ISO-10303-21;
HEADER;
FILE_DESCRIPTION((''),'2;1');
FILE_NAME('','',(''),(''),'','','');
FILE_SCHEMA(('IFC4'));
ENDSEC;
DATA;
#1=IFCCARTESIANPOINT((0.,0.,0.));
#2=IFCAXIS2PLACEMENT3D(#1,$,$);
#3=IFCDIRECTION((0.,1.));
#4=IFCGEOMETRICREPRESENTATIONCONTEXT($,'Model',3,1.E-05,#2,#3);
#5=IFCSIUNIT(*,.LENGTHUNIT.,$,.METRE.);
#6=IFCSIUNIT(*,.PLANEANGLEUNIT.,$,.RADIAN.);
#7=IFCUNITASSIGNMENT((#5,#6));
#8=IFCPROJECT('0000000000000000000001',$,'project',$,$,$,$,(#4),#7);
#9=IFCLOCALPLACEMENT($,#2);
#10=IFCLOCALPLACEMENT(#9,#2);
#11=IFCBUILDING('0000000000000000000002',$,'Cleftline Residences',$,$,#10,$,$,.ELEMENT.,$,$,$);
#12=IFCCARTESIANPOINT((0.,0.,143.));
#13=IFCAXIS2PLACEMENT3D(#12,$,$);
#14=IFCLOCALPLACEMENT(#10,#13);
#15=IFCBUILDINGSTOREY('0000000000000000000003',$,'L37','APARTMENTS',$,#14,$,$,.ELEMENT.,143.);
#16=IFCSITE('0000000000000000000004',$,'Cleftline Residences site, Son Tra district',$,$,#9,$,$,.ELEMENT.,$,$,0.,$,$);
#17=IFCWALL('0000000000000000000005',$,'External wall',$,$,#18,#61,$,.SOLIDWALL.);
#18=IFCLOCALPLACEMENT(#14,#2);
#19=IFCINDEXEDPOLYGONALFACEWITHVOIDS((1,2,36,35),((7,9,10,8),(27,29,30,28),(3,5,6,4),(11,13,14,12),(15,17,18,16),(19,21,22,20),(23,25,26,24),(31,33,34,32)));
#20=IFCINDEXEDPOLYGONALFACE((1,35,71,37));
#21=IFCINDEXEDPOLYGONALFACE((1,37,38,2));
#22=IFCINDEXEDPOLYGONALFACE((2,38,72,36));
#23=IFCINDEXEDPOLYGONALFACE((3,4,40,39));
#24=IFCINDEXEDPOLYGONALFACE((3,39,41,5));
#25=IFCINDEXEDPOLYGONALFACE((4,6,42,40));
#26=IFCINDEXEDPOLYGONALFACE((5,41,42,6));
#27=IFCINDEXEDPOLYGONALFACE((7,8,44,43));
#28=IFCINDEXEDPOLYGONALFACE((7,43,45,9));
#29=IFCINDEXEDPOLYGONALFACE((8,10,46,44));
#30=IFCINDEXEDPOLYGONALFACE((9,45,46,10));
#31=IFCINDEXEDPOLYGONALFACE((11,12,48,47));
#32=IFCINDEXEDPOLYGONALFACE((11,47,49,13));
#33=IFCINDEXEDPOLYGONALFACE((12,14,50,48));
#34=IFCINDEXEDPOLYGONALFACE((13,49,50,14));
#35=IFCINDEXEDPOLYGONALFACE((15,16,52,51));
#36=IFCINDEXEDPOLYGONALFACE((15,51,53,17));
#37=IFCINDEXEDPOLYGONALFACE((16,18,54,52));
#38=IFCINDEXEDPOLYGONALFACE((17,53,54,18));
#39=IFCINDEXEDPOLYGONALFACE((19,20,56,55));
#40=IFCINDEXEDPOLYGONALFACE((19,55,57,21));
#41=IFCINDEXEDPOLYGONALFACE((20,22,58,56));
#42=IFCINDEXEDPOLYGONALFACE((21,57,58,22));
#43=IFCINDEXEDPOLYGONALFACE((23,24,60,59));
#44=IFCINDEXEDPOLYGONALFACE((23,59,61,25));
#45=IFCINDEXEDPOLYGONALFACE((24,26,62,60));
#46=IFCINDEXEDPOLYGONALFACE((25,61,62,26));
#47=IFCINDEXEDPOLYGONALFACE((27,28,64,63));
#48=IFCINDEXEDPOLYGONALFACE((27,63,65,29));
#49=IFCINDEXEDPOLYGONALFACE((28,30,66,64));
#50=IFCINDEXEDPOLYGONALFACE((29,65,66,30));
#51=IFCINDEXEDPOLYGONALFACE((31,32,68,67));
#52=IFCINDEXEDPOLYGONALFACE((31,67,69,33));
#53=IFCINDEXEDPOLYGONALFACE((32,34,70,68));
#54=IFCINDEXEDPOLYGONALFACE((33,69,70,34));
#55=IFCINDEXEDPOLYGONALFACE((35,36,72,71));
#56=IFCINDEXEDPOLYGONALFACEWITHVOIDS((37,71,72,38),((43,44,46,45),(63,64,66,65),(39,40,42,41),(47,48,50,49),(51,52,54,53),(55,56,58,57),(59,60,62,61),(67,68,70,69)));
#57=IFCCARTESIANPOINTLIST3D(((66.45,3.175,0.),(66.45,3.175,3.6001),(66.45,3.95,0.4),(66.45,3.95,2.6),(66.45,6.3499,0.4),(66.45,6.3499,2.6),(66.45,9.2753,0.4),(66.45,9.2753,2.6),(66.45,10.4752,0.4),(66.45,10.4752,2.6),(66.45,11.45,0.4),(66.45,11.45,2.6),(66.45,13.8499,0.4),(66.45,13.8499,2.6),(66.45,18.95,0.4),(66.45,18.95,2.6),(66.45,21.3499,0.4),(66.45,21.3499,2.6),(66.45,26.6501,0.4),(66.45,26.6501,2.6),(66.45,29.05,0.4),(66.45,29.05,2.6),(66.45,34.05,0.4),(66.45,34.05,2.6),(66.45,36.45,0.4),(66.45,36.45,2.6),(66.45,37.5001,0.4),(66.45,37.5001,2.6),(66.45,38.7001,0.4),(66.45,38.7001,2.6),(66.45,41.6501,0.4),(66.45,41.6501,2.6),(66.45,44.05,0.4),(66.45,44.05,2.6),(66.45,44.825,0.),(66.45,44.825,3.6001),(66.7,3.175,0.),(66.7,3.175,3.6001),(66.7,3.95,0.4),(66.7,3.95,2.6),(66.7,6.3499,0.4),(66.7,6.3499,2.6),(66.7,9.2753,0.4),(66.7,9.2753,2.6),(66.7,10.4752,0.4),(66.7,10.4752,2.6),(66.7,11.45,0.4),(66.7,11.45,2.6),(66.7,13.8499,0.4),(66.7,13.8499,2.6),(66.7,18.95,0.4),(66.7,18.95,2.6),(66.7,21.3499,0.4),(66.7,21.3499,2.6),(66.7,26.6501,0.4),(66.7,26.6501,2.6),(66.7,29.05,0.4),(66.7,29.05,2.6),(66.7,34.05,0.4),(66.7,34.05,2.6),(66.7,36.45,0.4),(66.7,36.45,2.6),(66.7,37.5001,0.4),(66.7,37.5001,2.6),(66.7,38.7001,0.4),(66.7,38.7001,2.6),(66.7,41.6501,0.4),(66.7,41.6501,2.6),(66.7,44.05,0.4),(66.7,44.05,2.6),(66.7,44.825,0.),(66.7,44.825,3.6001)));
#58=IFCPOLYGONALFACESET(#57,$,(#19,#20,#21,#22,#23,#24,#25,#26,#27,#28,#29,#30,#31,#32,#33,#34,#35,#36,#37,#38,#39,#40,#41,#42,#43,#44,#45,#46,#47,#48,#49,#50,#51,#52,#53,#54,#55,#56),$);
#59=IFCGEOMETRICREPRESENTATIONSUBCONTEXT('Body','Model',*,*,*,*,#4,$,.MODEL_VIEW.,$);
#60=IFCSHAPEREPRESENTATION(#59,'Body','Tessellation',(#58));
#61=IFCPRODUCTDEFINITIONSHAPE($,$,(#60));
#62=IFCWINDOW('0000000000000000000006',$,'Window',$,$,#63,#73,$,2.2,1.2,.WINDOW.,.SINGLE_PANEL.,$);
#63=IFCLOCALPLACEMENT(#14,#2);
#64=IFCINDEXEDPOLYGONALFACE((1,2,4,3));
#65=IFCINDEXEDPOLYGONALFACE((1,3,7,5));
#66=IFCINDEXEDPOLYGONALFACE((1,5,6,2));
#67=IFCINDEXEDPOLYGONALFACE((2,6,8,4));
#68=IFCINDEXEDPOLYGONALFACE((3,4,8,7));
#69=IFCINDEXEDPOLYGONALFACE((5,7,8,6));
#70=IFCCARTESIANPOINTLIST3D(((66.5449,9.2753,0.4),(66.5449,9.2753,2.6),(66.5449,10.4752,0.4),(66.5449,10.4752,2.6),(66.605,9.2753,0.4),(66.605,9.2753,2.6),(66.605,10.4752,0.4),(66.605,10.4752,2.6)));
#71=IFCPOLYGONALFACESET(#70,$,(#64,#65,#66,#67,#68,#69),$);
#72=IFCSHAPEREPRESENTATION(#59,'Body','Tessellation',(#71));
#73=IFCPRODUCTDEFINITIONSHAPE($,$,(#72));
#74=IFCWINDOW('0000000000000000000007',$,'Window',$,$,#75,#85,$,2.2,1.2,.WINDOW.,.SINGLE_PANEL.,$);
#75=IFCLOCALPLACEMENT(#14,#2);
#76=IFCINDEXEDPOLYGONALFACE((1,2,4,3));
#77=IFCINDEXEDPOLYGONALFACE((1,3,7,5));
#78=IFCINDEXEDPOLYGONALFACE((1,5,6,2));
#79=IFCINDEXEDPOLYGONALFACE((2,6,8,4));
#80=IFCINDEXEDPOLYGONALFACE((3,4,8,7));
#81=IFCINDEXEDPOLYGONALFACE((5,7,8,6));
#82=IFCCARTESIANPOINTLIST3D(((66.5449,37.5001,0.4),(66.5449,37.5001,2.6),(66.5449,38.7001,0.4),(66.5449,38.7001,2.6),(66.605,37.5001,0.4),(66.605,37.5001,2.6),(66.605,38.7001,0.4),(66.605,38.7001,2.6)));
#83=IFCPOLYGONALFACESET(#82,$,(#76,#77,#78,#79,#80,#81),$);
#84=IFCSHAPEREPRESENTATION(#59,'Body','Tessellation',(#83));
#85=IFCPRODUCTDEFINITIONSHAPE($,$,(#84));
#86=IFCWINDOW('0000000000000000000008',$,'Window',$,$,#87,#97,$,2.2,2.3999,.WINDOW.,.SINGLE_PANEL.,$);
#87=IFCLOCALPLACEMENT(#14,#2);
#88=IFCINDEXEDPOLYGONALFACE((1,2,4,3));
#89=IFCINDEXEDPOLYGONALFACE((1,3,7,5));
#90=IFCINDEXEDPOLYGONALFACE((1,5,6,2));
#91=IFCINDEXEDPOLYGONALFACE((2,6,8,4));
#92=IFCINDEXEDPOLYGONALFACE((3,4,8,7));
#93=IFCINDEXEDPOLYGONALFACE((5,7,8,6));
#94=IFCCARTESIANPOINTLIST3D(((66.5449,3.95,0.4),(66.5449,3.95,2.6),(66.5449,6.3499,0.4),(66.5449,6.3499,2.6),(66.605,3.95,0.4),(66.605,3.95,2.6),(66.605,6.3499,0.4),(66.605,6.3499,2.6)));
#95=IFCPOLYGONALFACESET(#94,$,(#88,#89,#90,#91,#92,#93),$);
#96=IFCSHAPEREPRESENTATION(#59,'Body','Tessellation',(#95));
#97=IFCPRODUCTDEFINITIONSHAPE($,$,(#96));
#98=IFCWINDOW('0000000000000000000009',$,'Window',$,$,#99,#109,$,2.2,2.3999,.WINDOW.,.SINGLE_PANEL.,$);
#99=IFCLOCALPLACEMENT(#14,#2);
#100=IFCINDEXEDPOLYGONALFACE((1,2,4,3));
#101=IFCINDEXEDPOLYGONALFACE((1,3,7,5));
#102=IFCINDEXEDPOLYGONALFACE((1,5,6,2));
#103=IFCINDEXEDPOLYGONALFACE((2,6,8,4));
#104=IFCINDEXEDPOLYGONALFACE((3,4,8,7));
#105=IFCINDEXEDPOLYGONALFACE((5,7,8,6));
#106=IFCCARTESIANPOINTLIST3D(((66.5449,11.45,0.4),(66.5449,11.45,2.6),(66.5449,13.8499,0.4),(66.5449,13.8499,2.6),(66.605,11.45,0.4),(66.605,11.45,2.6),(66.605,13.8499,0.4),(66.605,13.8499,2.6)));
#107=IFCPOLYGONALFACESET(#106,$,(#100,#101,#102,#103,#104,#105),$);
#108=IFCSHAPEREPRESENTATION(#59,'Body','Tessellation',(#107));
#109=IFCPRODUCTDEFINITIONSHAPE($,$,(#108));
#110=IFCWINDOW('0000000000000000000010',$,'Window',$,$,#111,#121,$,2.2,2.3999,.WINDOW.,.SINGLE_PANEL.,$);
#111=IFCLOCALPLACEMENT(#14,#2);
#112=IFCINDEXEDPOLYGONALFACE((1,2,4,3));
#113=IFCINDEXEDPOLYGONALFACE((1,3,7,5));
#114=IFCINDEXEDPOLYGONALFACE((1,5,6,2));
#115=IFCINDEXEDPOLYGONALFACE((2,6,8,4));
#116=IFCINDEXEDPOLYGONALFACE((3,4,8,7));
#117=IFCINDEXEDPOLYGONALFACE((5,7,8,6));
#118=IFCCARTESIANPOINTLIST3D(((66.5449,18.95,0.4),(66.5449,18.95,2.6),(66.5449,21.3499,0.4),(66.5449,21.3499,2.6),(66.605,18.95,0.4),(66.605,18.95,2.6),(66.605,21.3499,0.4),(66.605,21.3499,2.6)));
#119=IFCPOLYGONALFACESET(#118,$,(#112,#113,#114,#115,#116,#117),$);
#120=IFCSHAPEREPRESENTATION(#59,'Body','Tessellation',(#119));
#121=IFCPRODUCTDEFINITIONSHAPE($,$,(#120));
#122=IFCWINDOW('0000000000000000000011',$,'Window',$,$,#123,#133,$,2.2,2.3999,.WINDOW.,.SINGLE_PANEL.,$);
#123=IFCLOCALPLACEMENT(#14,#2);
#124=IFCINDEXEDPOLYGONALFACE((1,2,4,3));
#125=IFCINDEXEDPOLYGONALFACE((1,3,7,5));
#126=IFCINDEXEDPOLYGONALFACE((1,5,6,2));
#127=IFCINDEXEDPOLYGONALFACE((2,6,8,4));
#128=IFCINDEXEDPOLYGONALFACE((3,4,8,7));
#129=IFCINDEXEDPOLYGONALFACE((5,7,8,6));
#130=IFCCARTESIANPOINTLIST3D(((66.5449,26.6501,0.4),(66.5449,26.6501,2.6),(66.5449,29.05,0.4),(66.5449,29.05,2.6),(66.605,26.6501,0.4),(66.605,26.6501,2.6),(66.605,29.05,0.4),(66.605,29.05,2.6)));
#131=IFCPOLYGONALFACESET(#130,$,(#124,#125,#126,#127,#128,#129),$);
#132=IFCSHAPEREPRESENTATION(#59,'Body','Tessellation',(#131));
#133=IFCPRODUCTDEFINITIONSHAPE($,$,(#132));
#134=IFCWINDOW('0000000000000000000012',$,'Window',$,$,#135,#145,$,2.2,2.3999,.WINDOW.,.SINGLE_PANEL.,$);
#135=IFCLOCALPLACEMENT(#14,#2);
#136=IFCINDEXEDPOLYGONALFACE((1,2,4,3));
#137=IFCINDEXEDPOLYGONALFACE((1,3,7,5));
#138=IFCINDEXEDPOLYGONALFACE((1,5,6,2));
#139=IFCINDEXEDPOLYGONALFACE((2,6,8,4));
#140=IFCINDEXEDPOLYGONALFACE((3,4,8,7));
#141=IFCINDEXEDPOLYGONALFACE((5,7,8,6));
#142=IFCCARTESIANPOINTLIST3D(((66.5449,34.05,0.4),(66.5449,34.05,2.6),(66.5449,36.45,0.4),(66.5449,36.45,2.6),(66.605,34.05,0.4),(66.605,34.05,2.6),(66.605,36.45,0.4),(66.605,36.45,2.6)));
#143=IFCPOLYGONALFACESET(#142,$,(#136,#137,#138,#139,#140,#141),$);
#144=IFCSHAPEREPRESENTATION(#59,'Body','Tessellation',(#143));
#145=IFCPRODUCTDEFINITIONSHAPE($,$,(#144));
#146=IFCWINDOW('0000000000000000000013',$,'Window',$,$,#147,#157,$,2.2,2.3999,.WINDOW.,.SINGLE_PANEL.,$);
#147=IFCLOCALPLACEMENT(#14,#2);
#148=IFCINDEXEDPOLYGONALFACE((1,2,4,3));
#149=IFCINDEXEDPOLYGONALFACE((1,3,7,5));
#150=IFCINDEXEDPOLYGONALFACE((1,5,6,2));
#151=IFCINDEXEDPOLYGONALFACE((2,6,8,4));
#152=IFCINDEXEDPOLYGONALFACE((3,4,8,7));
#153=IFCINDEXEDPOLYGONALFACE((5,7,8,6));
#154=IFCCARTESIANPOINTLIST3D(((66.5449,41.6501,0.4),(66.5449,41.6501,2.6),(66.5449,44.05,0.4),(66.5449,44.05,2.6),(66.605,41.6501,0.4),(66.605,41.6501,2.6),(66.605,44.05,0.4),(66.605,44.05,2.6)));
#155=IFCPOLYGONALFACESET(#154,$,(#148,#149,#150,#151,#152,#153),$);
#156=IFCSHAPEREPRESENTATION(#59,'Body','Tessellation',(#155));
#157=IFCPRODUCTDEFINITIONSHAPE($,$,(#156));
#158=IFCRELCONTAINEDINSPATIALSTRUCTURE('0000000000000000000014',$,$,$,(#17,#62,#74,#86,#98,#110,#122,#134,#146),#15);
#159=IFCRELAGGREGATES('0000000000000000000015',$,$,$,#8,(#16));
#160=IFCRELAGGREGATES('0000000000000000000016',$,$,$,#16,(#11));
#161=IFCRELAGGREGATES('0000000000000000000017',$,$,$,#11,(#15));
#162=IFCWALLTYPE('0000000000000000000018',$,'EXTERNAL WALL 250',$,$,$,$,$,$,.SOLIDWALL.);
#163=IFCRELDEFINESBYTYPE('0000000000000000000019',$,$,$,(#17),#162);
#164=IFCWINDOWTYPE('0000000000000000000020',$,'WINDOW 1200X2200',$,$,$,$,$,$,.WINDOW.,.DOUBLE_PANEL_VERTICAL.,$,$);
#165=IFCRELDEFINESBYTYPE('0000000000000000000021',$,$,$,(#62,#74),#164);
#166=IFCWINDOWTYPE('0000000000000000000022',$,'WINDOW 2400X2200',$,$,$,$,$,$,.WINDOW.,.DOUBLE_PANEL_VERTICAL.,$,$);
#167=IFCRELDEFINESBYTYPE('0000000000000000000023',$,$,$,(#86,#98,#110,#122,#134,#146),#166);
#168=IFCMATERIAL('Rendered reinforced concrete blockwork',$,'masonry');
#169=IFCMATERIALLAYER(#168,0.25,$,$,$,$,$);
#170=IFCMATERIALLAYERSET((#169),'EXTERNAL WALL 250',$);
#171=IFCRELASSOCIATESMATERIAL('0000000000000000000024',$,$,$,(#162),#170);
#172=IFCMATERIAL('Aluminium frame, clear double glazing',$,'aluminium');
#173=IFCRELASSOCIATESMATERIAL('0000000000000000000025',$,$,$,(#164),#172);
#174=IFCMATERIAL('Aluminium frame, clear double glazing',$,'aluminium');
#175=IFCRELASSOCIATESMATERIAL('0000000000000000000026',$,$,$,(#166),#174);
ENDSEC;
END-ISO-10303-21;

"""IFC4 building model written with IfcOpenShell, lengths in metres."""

from ifc_helpers import new_model, si_unit, direction, frame, frame_2d, origin, place, context, subcontext, project, spatial, rectangle, extrude, material, layer, layer_set, type_object, element, fill, save


model = new_model("IFC4")

# Units and contexts
model_context = context("Model", 3, precision=1e-05, world=origin(), true_north=direction((0.0, 1.0)))
body_context = subcontext(model_context, "Body", "Model", "MODEL_VIEW")
ifc_project = project(units=[si_unit("LENGTHUNIT", "METRE"), si_unit("PLANEANGLEUNIT", "RADIAN")], contexts=[model_context])

# Site, building, storey
site_placement = place(None, origin())
site = spatial("IfcSite", under=ifc_project, at=site_placement, Name="Cleftline Residences site, Son Tra district", CompositionType="ELEMENT", RefElevation=0.0)
building_placement = place(site_placement, origin())
building = spatial("IfcBuilding", under=site, at=building_placement, Name="Cleftline Residences", CompositionType="ELEMENT")
storey_placement = place(building_placement, frame((0.0, 0.0, 143.0)))
storey = spatial("IfcBuildingStorey", under=building, at=storey_placement, Name="L37", Description="APARTMENTS", CompositionType="ELEMENT", Elevation=143.0)

# Wall, openings, windows
ifc_material_1 = material(Name="Rendered reinforced concrete blockwork", Category="masonry")
ifc_layer_1 = layer(ifc_material_1, 0.25)
ifc_layer_set_1 = layer_set([ifc_layer_1], Name="EXTERNAL WALL 250")
wall_type = type_object("IfcWallType", Name="EXTERNAL WALL 250", PredefinedType="SOLIDWALL", material=ifc_layer_set_1)
wall_placement = place(storey_placement, frame((66.575, 3.175, 0.0), z_axis=(0.0, 0.0, 1.0), x_axis=(0.0, 1.0, 0.0)))
wall = element("IfcWall", 1, at=wall_placement, inside=storey, type_object=wall_type, Name="External wall", PredefinedType="SOLIDWALL", context=body_context, shape_type="SweptSolid", body=[
    extrude(rectangle(XDim=41.6499, YDim=0.25, at=frame_2d((20.825, 0.0))), origin(), (0.0, 0.0, 1.0), 3.6001),
])
opening_1_placement = place(wall_placement, frame((0.7749, 0.0, 0.3999)))
opening_1 = element("IfcOpeningElement", 2, at=opening_1_placement, cuts=wall, PredefinedType="OPENING", context=body_context, shape_type="SweptSolid", body=[
    extrude(rectangle(XDim=2.3999, YDim=2.2, at=frame_2d((1.2, 1.1001))), frame((0.0, 0.135, 0.0), z_axis=(0.0, -1.0, 0.0), x_axis=(1.0, 0.0, 0.0)), (0.0, 0.0, 1.0), 0.27),
])
opening_2_placement = place(wall_placement, frame((6.1001, 0.0, 0.3999)))
opening_2 = element("IfcOpeningElement", 3, at=opening_2_placement, cuts=wall, PredefinedType="OPENING", context=body_context, shape_type="SweptSolid", body=[
    extrude(rectangle(XDim=1.2, YDim=2.2, at=frame_2d((0.6001, 1.1001))), frame((0.0, 0.135, 0.0), z_axis=(0.0, -1.0, 0.0), x_axis=(1.0, 0.0, 0.0)), (0.0, 0.0, 1.0), 0.27),
])
opening_3_placement = place(wall_placement, frame((8.2749, 0.0, 0.3999)))
opening_3 = element("IfcOpeningElement", 4, at=opening_3_placement, cuts=wall, PredefinedType="OPENING", context=body_context, shape_type="SweptSolid", body=[
    extrude(rectangle(XDim=2.3999, YDim=2.2, at=frame_2d((1.2, 1.1001))), frame((0.0, 0.135, 0.0), z_axis=(0.0, -1.0, 0.0), x_axis=(1.0, 0.0, 0.0)), (0.0, 0.0, 1.0), 0.27),
])
opening_4_placement = place(wall_placement, frame((15.7749, 0.0, 0.3999)))
opening_4 = element("IfcOpeningElement", 5, at=opening_4_placement, cuts=wall, PredefinedType="OPENING", context=body_context, shape_type="SweptSolid", body=[
    extrude(rectangle(XDim=2.3999, YDim=2.2, at=frame_2d((1.2, 1.1001))), frame((0.0, 0.135, 0.0), z_axis=(0.0, -1.0, 0.0), x_axis=(1.0, 0.0, 0.0)), (0.0, 0.0, 1.0), 0.27),
])
opening_5_placement = place(wall_placement, frame((23.4751, 0.0, 0.3999)))
opening_5 = element("IfcOpeningElement", 6, at=opening_5_placement, cuts=wall, PredefinedType="OPENING", context=body_context, shape_type="SweptSolid", body=[
    extrude(rectangle(XDim=2.3999, YDim=2.2, at=frame_2d((1.2, 1.1001))), frame((0.0, 0.135, 0.0), z_axis=(0.0, -1.0, 0.0), x_axis=(1.0, 0.0, 0.0)), (0.0, 0.0, 1.0), 0.27),
])
opening_6_placement = place(wall_placement, frame((30.875, 0.0, 0.3999)))
opening_6 = element("IfcOpeningElement", 7, at=opening_6_placement, cuts=wall, PredefinedType="OPENING", context=body_context, shape_type="SweptSolid", body=[
    extrude(rectangle(XDim=2.3999, YDim=2.2, at=frame_2d((1.2, 1.1001))), frame((0.0, 0.135, 0.0), z_axis=(0.0, -1.0, 0.0), x_axis=(1.0, 0.0, 0.0)), (0.0, 0.0, 1.0), 0.27),
])
opening_7_placement = place(wall_placement, frame((34.325, 0.0, 0.3999)))
opening_7 = element("IfcOpeningElement", 8, at=opening_7_placement, cuts=wall, PredefinedType="OPENING", context=body_context, shape_type="SweptSolid", body=[
    extrude(rectangle(XDim=1.2, YDim=2.2, at=frame_2d((0.6001, 1.1001))), frame((0.0, 0.135, 0.0), z_axis=(0.0, -1.0, 0.0), x_axis=(1.0, 0.0, 0.0)), (0.0, 0.0, 1.0), 0.27),
])
opening_8_placement = place(wall_placement, frame((38.4751, 0.0, 0.3999)))
opening_8 = element("IfcOpeningElement", 9, at=opening_8_placement, cuts=wall, PredefinedType="OPENING", context=body_context, shape_type="SweptSolid", body=[
    extrude(rectangle(XDim=2.3999, YDim=2.2, at=frame_2d((1.2, 1.1001))), frame((0.0, 0.135, 0.0), z_axis=(0.0, -1.0, 0.0), x_axis=(1.0, 0.0, 0.0)), (0.0, 0.0, 1.0), 0.27),
])
ifc_material_2 = material(Name="Aluminium frame, clear double glazing", Category="aluminium")
window_type_1 = type_object("IfcWindowType", Name="WINDOW 1200X2200", PartitioningType="DOUBLE_PANEL_VERTICAL", PredefinedType="WINDOW", material=ifc_material_2)
window_1_placement = place(opening_2_placement, origin())
window_1 = element("IfcWindow", 10, at=window_1_placement, inside=storey, type_object=window_type_1, Name="Window", OverallHeight=2.2, OverallWidth=1.2, PartitioningType="SINGLE_PANEL", PredefinedType="WINDOW", context=body_context, shape_type="SweptSolid", body=[
    extrude(rectangle(XDim=1.2, YDim=2.2, at=frame_2d((0.6001, 1.1001))), frame((0.0, 0.03, 0.0), z_axis=(0.0, -1.0, 0.0), x_axis=(1.0, 0.0, 0.0)), (0.0, 0.0, 1.0), 0.0601),
])
fill(opening_2, window_1)
window_2_placement = place(opening_7_placement, origin())
window_2 = element("IfcWindow", 11, at=window_2_placement, inside=storey, type_object=window_type_1, Name="Window", OverallHeight=2.2, OverallWidth=1.2, PartitioningType="SINGLE_PANEL", PredefinedType="WINDOW", context=body_context, shape_type="SweptSolid", body=[
    extrude(rectangle(XDim=1.2, YDim=2.2, at=frame_2d((0.6001, 1.1001))), frame((0.0, 0.03, 0.0), z_axis=(0.0, -1.0, 0.0), x_axis=(1.0, 0.0, 0.0)), (0.0, 0.0, 1.0), 0.0601),
])
fill(opening_7, window_2)
ifc_material_3 = material(Name="Aluminium frame, clear double glazing", Category="aluminium")
window_type_2 = type_object("IfcWindowType", Name="WINDOW 2400X2200", PartitioningType="DOUBLE_PANEL_VERTICAL", PredefinedType="WINDOW", material=ifc_material_3)
window_3_placement = place(opening_1_placement, origin())
window_3 = element("IfcWindow", 12, at=window_3_placement, inside=storey, type_object=window_type_2, Name="Window", OverallHeight=2.2, OverallWidth=2.3999, PartitioningType="SINGLE_PANEL", PredefinedType="WINDOW", context=body_context, shape_type="SweptSolid", body=[
    extrude(rectangle(XDim=2.3999, YDim=2.2, at=frame_2d((1.2, 1.1001))), frame((0.0, 0.03, 0.0), z_axis=(0.0, -1.0, 0.0), x_axis=(1.0, 0.0, 0.0)), (0.0, 0.0, 1.0), 0.0601),
])
fill(opening_1, window_3)
window_4_placement = place(opening_3_placement, origin())
window_4 = element("IfcWindow", 13, at=window_4_placement, inside=storey, type_object=window_type_2, Name="Window", OverallHeight=2.2, OverallWidth=2.3999, PartitioningType="SINGLE_PANEL", PredefinedType="WINDOW", context=body_context, shape_type="SweptSolid", body=[
    extrude(rectangle(XDim=2.3999, YDim=2.2, at=frame_2d((1.2, 1.1001))), frame((0.0, 0.03, 0.0), z_axis=(0.0, -1.0, 0.0), x_axis=(1.0, 0.0, 0.0)), (0.0, 0.0, 1.0), 0.0601),
])
fill(opening_3, window_4)
window_5_placement = place(opening_4_placement, origin())
window_5 = element("IfcWindow", 14, at=window_5_placement, inside=storey, type_object=window_type_2, Name="Window", OverallHeight=2.2, OverallWidth=2.3999, PartitioningType="SINGLE_PANEL", PredefinedType="WINDOW", context=body_context, shape_type="SweptSolid", body=[
    extrude(rectangle(XDim=2.3999, YDim=2.2, at=frame_2d((1.2, 1.1001))), frame((0.0, 0.03, 0.0), z_axis=(0.0, -1.0, 0.0), x_axis=(1.0, 0.0, 0.0)), (0.0, 0.0, 1.0), 0.0601),
])
fill(opening_4, window_5)
window_6_placement = place(opening_5_placement, origin())
window_6 = element("IfcWindow", 15, at=window_6_placement, inside=storey, type_object=window_type_2, Name="Window", OverallHeight=2.2, OverallWidth=2.3999, PartitioningType="SINGLE_PANEL", PredefinedType="WINDOW", context=body_context, shape_type="SweptSolid", body=[
    extrude(rectangle(XDim=2.3999, YDim=2.2, at=frame_2d((1.2, 1.1001))), frame((0.0, 0.03, 0.0), z_axis=(0.0, -1.0, 0.0), x_axis=(1.0, 0.0, 0.0)), (0.0, 0.0, 1.0), 0.0601),
])
fill(opening_5, window_6)
window_7_placement = place(opening_6_placement, origin())
window_7 = element("IfcWindow", 16, at=window_7_placement, inside=storey, type_object=window_type_2, Name="Window", OverallHeight=2.2, OverallWidth=2.3999, PartitioningType="SINGLE_PANEL", PredefinedType="WINDOW", context=body_context, shape_type="SweptSolid", body=[
    extrude(rectangle(XDim=2.3999, YDim=2.2, at=frame_2d((1.2, 1.1001))), frame((0.0, 0.03, 0.0), z_axis=(0.0, -1.0, 0.0), x_axis=(1.0, 0.0, 0.0)), (0.0, 0.0, 1.0), 0.0601),
])
fill(opening_6, window_7)
window_8_placement = place(opening_8_placement, origin())
window_8 = element("IfcWindow", 17, at=window_8_placement, inside=storey, type_object=window_type_2, Name="Window", OverallHeight=2.2, OverallWidth=2.3999, PartitioningType="SINGLE_PANEL", PredefinedType="WINDOW", context=body_context, shape_type="SweptSolid", body=[
    extrude(rectangle(XDim=2.3999, YDim=2.2, at=frame_2d((1.2, 1.1001))), frame((0.0, 0.03, 0.0), z_axis=(0.0, -1.0, 0.0), x_axis=(1.0, 0.0, 0.0)), (0.0, 0.0, 1.0), 0.0601),
])
fill(opening_8, window_8)

save(model, "model.ifc")
